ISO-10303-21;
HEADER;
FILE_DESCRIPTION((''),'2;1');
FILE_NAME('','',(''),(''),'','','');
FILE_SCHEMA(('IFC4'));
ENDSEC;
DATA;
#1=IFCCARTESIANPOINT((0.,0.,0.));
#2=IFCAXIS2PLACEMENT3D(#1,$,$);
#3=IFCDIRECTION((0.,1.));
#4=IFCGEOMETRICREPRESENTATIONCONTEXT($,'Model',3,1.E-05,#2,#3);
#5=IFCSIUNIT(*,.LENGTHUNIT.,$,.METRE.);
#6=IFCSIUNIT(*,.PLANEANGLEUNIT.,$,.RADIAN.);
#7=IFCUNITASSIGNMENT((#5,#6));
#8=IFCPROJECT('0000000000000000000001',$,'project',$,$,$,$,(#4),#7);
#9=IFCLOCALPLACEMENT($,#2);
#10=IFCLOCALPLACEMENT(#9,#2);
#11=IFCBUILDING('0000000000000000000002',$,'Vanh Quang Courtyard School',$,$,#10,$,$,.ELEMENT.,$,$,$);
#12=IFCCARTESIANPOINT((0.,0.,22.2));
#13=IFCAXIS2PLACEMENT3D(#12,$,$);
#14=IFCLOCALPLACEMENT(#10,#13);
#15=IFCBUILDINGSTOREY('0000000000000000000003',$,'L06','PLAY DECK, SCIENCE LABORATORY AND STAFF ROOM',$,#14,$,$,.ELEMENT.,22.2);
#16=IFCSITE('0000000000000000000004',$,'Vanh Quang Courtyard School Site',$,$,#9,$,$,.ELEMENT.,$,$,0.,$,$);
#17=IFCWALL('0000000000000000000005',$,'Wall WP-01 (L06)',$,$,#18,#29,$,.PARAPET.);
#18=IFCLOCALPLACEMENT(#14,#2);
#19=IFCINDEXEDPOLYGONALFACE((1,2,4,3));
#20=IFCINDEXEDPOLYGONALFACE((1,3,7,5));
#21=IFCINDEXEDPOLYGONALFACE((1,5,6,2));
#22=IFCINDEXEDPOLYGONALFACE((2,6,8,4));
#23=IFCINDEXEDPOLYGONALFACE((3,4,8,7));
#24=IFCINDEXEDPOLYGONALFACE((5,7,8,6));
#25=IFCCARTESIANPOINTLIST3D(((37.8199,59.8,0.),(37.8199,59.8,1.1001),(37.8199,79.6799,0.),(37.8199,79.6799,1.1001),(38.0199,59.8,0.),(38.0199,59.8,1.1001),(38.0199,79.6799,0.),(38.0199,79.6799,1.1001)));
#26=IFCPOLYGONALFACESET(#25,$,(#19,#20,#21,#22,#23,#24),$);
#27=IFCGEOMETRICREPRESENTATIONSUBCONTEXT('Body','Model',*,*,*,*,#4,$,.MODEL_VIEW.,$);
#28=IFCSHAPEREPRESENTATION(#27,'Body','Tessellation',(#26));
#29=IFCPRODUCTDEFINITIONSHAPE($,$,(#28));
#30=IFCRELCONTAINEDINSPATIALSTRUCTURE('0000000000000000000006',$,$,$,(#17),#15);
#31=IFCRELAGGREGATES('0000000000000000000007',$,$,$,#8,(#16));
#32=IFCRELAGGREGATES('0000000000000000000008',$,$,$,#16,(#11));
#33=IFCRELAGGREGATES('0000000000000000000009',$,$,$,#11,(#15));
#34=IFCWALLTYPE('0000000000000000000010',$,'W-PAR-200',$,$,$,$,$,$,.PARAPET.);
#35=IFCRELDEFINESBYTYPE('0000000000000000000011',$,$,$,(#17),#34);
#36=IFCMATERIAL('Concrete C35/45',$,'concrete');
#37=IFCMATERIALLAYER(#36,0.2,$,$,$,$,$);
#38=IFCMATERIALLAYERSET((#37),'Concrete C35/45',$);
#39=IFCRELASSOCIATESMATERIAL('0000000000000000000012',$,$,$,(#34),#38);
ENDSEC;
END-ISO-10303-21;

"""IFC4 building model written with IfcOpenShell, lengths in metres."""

from ifc_helpers import new_model, si_unit, direction, frame, frame_2d, origin, place, context, subcontext, project, spatial, rectangle, extrude, material, layer, layer_set, type_object, element, save


model = new_model("IFC4")

# Units and contexts
model_context = context("Model", 3, precision=1e-05, world=origin(), true_north=direction((0.0, 1.0)))
body_context = subcontext(model_context, "Body", "Model", "MODEL_VIEW")
ifc_project = project(units=[si_unit("LENGTHUNIT", "METRE"), si_unit("PLANEANGLEUNIT", "RADIAN")], contexts=[model_context])

# Site, building, storey
site_placement = place(None, origin())
site = spatial("IfcSite", under=ifc_project, at=site_placement, Name="Vanh Quang Courtyard School Site", CompositionType="ELEMENT", RefElevation=0.0)
building_placement = place(site_placement, origin())
building = spatial("IfcBuilding", under=site, at=building_placement, Name="Vanh Quang Courtyard School", CompositionType="ELEMENT")
storey_placement = place(building_placement, frame((0.0, 0.0, 22.2)))
storey = spatial("IfcBuildingStorey", under=building, at=storey_placement, Name="L06", Description="PLAY DECK, SCIENCE LABORATORY AND STAFF ROOM", CompositionType="ELEMENT", Elevation=22.2)

# Shared definitions
ifc_material_1 = material(Name="Concrete C35/45", Category="concrete")

# Wall
ifc_layer_1 = layer(ifc_material_1, 0.2)
ifc_layer_set_1 = layer_set([ifc_layer_1], Name="Concrete C35/45")
wall_type_1 = type_object("IfcWallType", Name="W-PAR-200", PredefinedType="PARAPET", material=ifc_layer_set_1)
wall_1_placement = place(storey_placement, frame((37.9199, 59.8, 0.0), z_axis=(0.0, 0.0, 1.0), x_axis=(0.0, 1.0, 0.0)))
element("IfcWall", 1, at=wall_1_placement, inside=storey, type_object=wall_type_1, Name="Wall WP-01 (L06)", PredefinedType="PARAPET", context=body_context, shape_type="SweptSolid", body=[
    extrude(rectangle(XDim=19.8799, YDim=0.2, at=frame_2d((9.9399, 0.0))), origin(), (0.0, 0.0, 1.0), 1.1001),
])

save(model, "model.ifc")
